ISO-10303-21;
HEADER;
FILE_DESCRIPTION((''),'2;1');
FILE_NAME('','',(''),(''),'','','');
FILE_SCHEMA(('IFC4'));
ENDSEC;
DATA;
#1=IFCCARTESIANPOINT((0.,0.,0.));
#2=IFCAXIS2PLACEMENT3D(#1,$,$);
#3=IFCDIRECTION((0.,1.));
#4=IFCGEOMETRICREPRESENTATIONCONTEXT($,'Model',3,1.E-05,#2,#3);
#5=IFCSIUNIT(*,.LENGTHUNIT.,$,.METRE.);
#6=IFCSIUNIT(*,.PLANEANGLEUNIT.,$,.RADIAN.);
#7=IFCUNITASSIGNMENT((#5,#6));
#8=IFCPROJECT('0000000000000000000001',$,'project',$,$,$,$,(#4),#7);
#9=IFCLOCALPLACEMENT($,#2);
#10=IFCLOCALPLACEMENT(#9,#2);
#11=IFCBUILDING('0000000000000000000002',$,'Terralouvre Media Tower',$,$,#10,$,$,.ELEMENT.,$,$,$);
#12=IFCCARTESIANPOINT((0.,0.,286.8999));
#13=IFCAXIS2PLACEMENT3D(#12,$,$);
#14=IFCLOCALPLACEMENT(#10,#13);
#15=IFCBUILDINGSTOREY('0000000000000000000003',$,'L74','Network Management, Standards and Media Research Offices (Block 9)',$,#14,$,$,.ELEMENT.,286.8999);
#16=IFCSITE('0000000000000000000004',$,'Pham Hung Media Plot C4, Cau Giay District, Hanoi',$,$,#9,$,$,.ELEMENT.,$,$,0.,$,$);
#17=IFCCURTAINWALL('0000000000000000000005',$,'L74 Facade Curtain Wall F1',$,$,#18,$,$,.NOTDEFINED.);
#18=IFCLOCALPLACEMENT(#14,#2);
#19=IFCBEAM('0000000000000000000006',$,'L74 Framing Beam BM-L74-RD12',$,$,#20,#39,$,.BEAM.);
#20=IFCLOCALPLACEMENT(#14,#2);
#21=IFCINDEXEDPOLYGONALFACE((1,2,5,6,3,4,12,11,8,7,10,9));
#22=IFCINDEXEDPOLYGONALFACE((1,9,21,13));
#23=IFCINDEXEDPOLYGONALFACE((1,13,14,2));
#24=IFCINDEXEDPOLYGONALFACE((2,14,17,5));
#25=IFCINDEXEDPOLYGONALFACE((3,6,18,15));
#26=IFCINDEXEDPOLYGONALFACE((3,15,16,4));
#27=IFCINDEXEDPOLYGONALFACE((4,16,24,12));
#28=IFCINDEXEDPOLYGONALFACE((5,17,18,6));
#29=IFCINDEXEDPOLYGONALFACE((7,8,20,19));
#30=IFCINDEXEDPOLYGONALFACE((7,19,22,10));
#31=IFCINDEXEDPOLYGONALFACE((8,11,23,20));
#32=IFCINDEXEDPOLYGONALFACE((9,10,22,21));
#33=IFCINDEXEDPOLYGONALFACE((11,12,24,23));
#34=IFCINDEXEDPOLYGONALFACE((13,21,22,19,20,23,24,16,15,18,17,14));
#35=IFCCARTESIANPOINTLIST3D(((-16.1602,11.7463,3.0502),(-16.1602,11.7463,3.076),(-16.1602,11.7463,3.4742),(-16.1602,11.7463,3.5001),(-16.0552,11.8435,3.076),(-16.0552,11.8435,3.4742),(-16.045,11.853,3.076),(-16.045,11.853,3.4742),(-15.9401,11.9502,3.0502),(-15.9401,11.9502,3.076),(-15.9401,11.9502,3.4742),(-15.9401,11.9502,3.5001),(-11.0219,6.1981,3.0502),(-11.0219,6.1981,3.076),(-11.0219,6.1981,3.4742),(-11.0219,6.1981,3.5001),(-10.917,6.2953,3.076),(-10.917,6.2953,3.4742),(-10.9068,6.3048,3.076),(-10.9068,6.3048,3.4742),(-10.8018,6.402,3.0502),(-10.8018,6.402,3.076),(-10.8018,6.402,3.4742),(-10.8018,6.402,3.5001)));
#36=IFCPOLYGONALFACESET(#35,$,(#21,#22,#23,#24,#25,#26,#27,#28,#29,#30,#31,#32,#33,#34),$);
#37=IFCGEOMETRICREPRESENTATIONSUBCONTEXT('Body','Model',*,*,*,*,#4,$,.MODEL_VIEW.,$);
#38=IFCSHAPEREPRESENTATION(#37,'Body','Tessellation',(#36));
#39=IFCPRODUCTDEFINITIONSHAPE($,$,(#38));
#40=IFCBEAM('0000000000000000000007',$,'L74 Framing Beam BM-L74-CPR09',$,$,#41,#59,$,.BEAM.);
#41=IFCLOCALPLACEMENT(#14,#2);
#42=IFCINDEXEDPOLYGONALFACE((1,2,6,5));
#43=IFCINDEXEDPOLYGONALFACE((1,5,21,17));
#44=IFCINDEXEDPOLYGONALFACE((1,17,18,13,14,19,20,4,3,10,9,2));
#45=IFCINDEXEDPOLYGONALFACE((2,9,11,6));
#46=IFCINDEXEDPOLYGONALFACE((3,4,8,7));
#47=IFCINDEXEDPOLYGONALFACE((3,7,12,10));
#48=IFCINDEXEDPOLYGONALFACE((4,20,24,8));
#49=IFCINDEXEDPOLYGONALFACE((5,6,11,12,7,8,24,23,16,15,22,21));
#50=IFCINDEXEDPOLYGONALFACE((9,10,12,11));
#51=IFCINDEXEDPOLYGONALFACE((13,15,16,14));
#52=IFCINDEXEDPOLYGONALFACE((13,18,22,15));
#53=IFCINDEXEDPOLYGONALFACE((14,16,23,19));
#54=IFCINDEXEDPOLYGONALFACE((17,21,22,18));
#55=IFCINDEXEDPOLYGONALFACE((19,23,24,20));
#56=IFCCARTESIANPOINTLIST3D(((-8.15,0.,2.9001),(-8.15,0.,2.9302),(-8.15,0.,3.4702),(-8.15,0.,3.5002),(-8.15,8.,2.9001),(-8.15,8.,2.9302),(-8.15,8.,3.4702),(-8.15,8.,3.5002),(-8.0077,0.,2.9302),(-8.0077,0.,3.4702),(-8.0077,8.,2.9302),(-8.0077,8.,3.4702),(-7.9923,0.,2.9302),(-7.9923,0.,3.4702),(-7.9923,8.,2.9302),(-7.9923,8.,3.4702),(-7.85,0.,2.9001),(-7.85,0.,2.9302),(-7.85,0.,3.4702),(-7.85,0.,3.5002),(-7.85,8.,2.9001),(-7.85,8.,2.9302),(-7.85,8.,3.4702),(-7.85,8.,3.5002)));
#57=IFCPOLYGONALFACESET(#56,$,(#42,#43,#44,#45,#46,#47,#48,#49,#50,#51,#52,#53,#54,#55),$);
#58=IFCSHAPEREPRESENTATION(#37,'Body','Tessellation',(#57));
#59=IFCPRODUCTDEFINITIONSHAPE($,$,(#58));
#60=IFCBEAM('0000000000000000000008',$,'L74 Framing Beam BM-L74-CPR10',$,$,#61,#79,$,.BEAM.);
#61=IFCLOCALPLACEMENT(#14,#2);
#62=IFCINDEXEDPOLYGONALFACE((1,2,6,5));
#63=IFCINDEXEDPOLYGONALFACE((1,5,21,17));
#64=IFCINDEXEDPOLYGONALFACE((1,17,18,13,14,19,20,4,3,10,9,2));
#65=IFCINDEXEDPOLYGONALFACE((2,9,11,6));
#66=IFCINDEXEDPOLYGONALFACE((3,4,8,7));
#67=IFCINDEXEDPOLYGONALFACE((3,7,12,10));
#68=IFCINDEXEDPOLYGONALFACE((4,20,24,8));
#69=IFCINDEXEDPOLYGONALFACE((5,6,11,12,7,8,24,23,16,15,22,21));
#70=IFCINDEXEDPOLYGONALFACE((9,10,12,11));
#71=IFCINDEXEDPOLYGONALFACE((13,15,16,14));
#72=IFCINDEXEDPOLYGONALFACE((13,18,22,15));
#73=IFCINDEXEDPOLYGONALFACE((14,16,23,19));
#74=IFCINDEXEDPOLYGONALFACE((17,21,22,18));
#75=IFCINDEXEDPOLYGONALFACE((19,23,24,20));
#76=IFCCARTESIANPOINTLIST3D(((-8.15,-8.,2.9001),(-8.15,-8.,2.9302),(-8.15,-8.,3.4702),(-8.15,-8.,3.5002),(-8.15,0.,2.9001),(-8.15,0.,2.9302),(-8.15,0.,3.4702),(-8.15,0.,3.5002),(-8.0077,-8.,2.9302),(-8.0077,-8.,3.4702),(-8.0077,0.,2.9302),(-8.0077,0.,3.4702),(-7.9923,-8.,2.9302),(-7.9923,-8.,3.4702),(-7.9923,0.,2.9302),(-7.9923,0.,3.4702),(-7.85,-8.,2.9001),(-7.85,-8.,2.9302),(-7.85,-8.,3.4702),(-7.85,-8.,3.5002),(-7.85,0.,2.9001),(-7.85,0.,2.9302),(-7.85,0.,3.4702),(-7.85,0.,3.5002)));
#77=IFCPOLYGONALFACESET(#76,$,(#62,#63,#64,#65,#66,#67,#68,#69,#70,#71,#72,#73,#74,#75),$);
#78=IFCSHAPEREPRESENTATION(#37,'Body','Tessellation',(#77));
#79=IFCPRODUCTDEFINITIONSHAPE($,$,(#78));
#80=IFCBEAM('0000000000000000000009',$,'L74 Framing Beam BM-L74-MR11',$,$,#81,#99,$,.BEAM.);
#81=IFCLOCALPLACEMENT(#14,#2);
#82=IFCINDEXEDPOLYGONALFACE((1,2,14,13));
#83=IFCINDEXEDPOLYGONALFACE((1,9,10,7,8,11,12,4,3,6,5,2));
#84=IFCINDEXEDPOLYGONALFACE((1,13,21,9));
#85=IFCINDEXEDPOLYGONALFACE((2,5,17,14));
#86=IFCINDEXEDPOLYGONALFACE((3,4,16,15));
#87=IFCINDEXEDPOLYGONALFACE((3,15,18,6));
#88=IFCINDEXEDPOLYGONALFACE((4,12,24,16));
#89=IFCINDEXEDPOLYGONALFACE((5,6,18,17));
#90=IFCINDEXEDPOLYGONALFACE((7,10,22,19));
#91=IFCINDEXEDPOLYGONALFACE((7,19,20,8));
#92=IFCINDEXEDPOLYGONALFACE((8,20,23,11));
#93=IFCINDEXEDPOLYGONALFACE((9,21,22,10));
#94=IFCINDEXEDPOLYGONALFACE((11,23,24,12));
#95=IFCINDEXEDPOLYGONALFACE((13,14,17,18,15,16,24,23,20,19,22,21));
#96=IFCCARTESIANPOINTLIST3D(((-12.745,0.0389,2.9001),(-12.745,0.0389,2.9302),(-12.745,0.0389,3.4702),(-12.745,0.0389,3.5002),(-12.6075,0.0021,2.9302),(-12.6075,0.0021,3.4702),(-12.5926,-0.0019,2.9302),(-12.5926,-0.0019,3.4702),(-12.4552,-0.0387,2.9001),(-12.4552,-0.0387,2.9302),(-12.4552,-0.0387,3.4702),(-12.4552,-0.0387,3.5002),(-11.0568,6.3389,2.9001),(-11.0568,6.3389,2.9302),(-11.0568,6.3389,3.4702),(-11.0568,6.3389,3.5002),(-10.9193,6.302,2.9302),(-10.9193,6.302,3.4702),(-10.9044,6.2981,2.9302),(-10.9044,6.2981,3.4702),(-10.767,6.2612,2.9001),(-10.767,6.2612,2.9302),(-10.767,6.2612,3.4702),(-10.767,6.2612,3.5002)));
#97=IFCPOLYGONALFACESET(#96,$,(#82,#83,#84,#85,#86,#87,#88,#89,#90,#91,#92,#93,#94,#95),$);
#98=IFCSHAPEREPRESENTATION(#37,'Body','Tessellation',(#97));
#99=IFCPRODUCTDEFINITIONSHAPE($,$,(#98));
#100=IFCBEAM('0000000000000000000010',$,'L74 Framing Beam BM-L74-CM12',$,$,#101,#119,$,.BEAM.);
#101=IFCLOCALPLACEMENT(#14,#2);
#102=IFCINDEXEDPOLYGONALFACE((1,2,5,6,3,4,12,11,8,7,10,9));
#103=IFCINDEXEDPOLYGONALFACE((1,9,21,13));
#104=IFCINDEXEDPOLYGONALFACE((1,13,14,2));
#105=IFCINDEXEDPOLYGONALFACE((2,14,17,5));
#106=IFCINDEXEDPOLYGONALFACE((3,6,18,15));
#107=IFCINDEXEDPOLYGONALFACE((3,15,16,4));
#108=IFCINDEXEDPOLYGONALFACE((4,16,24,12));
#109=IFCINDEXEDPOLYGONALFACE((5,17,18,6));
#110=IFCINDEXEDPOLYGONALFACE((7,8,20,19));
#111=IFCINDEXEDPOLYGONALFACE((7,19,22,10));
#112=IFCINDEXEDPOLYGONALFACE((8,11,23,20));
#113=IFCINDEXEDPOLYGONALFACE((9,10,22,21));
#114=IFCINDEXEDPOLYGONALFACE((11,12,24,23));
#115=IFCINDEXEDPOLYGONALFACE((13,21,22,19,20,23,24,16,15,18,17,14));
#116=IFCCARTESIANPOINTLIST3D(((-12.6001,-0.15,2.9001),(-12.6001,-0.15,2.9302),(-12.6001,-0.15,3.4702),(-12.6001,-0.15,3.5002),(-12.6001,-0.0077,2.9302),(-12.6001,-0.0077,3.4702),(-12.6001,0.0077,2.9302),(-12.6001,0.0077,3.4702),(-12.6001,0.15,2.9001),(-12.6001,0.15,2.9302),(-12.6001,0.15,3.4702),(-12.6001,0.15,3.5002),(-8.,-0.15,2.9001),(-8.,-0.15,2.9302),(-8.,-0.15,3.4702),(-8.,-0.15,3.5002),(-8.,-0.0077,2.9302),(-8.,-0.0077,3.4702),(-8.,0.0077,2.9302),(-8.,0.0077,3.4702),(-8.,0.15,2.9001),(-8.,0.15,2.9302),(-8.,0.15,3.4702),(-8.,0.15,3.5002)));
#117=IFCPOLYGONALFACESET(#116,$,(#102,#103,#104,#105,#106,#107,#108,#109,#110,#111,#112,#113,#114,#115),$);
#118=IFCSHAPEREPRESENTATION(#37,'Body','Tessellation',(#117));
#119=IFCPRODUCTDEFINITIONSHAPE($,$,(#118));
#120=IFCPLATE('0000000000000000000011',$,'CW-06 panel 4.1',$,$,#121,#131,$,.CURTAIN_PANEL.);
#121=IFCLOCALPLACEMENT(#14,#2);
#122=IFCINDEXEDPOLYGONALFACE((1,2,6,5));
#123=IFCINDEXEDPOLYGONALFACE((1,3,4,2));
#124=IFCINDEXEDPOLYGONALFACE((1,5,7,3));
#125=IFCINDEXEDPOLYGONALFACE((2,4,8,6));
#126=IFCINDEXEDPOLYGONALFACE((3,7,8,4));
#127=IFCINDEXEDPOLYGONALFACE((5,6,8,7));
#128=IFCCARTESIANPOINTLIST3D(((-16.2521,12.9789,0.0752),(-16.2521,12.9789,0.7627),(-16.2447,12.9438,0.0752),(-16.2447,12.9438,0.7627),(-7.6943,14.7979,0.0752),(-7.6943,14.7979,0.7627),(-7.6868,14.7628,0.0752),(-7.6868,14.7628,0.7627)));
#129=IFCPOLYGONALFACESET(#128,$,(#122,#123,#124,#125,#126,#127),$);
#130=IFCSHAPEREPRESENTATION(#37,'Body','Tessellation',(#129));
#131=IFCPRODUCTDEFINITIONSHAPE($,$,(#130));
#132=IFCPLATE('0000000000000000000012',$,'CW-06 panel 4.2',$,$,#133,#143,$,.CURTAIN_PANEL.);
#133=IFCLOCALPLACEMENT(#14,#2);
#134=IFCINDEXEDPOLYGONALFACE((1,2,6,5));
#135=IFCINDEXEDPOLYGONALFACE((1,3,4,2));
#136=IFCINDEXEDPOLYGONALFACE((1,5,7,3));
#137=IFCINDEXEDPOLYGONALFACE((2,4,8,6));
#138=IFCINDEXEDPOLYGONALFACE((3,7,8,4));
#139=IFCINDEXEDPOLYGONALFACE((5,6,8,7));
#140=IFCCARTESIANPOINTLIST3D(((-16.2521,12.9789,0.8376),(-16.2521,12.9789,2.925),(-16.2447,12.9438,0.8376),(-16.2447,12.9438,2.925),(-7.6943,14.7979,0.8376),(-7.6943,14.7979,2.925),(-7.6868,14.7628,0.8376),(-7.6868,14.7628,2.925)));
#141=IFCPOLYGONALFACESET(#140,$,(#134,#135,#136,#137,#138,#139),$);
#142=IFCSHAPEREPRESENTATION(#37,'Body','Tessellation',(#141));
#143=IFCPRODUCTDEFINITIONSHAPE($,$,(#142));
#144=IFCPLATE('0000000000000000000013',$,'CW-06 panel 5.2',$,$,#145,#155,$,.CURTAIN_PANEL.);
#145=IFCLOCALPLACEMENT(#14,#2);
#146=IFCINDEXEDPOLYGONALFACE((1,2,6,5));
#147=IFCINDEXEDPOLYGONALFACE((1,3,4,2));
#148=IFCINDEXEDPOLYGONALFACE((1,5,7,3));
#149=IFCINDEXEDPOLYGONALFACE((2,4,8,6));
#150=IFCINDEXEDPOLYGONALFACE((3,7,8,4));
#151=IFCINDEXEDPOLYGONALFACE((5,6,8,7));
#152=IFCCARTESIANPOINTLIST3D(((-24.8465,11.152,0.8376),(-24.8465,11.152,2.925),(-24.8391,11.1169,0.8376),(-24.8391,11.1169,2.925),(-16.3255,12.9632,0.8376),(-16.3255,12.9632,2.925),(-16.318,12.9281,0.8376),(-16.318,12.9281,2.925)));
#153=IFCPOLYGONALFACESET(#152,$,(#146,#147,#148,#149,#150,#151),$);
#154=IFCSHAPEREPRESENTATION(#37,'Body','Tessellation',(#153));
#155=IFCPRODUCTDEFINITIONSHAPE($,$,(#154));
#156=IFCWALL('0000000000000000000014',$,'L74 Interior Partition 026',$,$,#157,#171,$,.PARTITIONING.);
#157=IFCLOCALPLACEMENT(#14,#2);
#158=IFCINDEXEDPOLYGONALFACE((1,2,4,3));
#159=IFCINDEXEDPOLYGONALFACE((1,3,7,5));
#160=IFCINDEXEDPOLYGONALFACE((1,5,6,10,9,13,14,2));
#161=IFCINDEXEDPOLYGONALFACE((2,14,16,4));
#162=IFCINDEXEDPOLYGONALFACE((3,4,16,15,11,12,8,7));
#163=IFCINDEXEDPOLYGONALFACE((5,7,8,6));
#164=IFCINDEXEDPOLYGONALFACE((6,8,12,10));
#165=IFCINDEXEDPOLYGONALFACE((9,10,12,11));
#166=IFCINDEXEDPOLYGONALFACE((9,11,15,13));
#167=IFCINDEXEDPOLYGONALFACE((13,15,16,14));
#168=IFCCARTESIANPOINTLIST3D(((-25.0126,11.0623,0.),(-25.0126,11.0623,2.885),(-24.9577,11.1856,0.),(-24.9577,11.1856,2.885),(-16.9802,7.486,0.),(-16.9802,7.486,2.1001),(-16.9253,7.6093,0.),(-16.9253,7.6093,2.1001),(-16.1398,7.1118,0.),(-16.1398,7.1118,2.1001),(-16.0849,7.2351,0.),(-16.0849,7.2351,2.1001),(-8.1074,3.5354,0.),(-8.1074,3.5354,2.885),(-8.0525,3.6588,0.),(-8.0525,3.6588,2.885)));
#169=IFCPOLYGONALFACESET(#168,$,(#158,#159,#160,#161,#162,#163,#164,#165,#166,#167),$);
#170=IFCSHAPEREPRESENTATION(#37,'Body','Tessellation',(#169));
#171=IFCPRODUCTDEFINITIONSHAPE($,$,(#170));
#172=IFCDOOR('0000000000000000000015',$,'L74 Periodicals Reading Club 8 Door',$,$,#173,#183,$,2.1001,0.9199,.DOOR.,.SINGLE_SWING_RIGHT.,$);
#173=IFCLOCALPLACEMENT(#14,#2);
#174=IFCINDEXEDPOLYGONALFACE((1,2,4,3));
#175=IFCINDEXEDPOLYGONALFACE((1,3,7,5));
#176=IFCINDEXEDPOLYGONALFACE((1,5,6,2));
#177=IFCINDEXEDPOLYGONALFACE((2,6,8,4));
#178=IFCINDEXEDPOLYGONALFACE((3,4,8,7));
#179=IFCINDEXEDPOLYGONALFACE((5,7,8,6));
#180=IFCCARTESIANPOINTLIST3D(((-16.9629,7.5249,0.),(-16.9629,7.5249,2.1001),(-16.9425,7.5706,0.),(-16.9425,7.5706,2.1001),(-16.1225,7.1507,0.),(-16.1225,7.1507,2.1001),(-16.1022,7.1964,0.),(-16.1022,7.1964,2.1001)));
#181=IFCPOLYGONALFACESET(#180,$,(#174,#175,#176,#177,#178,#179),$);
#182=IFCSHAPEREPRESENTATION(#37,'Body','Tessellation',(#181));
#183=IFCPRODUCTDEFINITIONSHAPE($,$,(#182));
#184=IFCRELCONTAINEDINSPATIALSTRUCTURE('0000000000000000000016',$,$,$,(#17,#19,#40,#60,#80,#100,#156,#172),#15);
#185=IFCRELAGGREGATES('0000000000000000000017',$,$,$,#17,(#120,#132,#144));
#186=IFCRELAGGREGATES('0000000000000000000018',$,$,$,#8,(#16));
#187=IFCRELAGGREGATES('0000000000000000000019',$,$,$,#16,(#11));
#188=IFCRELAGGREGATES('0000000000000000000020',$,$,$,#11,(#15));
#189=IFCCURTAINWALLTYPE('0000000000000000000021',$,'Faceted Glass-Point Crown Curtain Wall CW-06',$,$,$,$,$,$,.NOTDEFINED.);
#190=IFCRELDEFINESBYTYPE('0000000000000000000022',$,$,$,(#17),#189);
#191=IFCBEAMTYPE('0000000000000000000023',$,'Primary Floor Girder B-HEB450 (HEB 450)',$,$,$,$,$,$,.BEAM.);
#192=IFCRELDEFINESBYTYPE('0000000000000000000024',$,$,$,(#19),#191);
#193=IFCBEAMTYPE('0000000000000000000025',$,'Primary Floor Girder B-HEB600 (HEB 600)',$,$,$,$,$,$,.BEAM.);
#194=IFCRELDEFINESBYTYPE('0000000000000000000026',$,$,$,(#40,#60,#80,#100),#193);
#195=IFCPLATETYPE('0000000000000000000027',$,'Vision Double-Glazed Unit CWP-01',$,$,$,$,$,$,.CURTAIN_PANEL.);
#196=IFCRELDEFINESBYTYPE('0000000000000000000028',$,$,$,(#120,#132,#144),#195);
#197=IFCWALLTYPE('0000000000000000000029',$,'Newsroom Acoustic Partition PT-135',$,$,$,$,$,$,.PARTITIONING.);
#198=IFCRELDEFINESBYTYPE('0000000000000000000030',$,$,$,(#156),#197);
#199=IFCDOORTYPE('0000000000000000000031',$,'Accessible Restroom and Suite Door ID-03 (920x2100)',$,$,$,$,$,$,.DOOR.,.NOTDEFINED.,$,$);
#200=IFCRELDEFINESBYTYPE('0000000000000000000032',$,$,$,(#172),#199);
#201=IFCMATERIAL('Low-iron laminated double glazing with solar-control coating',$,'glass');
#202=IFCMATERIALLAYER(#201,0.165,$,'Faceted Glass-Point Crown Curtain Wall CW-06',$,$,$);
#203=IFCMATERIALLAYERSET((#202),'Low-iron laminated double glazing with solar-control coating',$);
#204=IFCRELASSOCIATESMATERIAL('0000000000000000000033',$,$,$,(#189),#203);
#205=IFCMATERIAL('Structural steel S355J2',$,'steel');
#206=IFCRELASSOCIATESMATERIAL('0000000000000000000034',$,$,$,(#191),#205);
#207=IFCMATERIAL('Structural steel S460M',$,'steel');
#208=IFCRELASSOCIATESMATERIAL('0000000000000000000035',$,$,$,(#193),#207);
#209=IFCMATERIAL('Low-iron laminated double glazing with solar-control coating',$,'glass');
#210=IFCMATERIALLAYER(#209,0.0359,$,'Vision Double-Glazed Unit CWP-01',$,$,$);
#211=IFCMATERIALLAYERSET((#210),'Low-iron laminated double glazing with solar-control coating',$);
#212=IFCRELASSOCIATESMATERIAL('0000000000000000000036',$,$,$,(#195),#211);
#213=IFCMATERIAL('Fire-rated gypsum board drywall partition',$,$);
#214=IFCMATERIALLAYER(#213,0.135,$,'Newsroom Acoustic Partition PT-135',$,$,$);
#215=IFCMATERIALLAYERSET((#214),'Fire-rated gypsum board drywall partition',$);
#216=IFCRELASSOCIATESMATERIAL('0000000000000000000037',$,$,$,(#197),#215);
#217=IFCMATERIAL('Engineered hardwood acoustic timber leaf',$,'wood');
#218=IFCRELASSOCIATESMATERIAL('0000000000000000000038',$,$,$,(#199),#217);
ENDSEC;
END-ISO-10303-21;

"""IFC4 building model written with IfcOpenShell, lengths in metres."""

from ifc_helpers import new_model, si_unit, direction, frame, frame_2d, origin, origin_2d, place, context, subcontext, project, spatial, rectangle, i_section, extrude, material, layer, layer_set, material_profile, profile_set, type_object, element, fill, aggregate, save


model = new_model("IFC4")

# Units and contexts
model_context = context("Model", 3, precision=1e-05, world=origin(), true_north=direction((0.0, 1.0)))
body_context = subcontext(model_context, "Body", "Model", "MODEL_VIEW")
ifc_project = project(units=[si_unit("LENGTHUNIT", "METRE"), si_unit("PLANEANGLEUNIT", "RADIAN")], contexts=[model_context])

# Site, building, storey
site_placement = place(None, origin())
site = spatial("IfcSite", under=ifc_project, at=site_placement, Name="Pham Hung Media Plot C4, Cau Giay District, Hanoi", CompositionType="ELEMENT", RefElevation=0.0)
building_placement = place(site_placement, origin())
building = spatial("IfcBuilding", under=site, at=building_placement, Name="Terralouvre Media Tower", CompositionType="ELEMENT")
storey_placement = place(building_placement, frame((0.0, 0.0, 286.8999)))
storey = spatial("IfcBuildingStorey", under=building, at=storey_placement, Name="L74", Description="Network Management, Standards and Media Research Offices (Block 9)", CompositionType="ELEMENT", Elevation=286.8999)

# Curtain wall
ifc_material_1 = material(Name="Low-iron laminated double glazing with solar-control coating", Category="glass")
ifc_layer_1 = layer(ifc_material_1, 0.165, Name="Faceted Glass-Point Crown Curtain Wall CW-06")
ifc_layer_set_1 = layer_set([ifc_layer_1], Name="Low-iron laminated double glazing with solar-control coating")
curtain_wall_type = type_object("IfcCurtainWallType", Name="Faceted Glass-Point Crown Curtain Wall CW-06", PredefinedType="NOTDEFINED", material=ifc_layer_set_1)
curtain_wall_placement = place(storey_placement, origin())
curtain_wall = element("IfcCurtainWall", 1, at=curtain_wall_placement, inside=storey, type_object=curtain_wall_type, Name="L74 Facade Curtain Wall F1", PredefinedType="NOTDEFINED")

# Beams
ifc_material_2 = material(Name="Structural steel S355J2", Category="steel")
ifc_material_profile_1 = material_profile(ifc_material_2, i_section(OverallWidth=0.3, OverallDepth=0.45, WebThickness=0.0139, FlangeThickness=0.0259, at=origin_2d()), Name="HEB 450")
ifc_profile_set_1 = profile_set([ifc_material_profile_1], Name="Structural steel S355J2")
beam_type_1 = type_object("IfcBeamType", Name="Primary Floor Girder B-HEB450 (HEB 450)", PredefinedType="BEAM", material=ifc_profile_set_1)
beam_1_placement = place(storey_placement, frame((-10.9119, 6.3, 3.2751), z_axis=(-0.679483, 0.733691, 0.0), x_axis=(-0.733691, -0.679483, 0.0)))
element("IfcBeam", 2, at=beam_1_placement, inside=storey, type_object=beam_type_1, Name="L74 Framing Beam BM-L74-RD12", PredefinedType="BEAM", context=body_context, shape_type="SweptSolid", body=[
    extrude(i_section(OverallWidth=0.3, OverallDepth=0.45, WebThickness=0.0139, FlangeThickness=0.0259, at=origin_2d()), origin(), (0.0, 0.0, 1.0), 7.562),
])
ifc_material_3 = material(Name="Structural steel S460M", Category="steel")
ifc_material_profile_2 = material_profile(ifc_material_3, i_section(OverallWidth=0.3, OverallDepth=0.6001, WebThickness=0.0154, FlangeThickness=0.03, at=origin_2d()), Name="HEB 600")
ifc_profile_set_2 = profile_set([ifc_material_profile_2], Name="Structural steel S460M")
beam_type_2 = type_object("IfcBeamType", Name="Primary Floor Girder B-HEB600 (HEB 600)", PredefinedType="BEAM", material=ifc_profile_set_2)
for number, where, z_axis, x_axis, name in (
    (3, (-8.0, 8.0, 3.2002), (0.0, -1.0, 0.0), (1.0, 0.0, 0.0), "L74 Framing Beam BM-L74-CPR09"),
    (4, (-8.0, 0.0, 3.2002), (0.0, -1.0, 0.0), (1.0, 0.0, 0.0), "L74 Framing Beam BM-L74-CPR10"),
):
    element("IfcBeam", number, at=place(storey_placement, frame(where, z_axis=z_axis, x_axis=x_axis)), inside=storey, type_object=beam_type_2, Name=name, PredefinedType="BEAM", context=body_context, shape_type="SweptSolid", body=[
        extrude(i_section(OverallWidth=0.3, OverallDepth=0.6001, WebThickness=0.0154, FlangeThickness=0.03, at=origin_2d()), origin(), (0.0, 0.0, 1.0), 8.0),
    ])
beam_2_placement = place(storey_placement, frame((-10.9119, 6.3, 3.2002), z_axis=(-0.258839, -0.96592, 0.0), x_axis=(0.96592, -0.258839, 0.0)))
element("IfcBeam", 5, at=beam_2_placement, inside=storey, type_object=beam_type_2, Name="L74 Framing Beam BM-L74-MR11", PredefinedType="BEAM", context=body_context, shape_type="SweptSolid", body=[
    extrude(i_section(OverallWidth=0.3, OverallDepth=0.6001, WebThickness=0.0154, FlangeThickness=0.03, at=origin_2d()), origin(), (0.0, 0.0, 1.0), 6.5222),
])
beam_3_placement = place(storey_placement, frame((-8.0, 0.0, 3.2002), z_axis=(-1.0, 0.0, 0.0), x_axis=(0.0, -1.0, 0.0)))
element("IfcBeam", 6, at=beam_3_placement, inside=storey, type_object=beam_type_2, Name="L74 Framing Beam BM-L74-CM12", PredefinedType="BEAM", context=body_context, shape_type="SweptSolid", body=[
    extrude(i_section(OverallWidth=0.3, OverallDepth=0.6001, WebThickness=0.0154, FlangeThickness=0.03, at=origin_2d()), origin(), (0.0, 0.0, 1.0), 4.6001),
])

# Plates
ifc_material_4 = material(Name="Low-iron laminated double glazing with solar-control coating", Category="glass")
ifc_layer_2 = layer(ifc_material_4, 0.0359, Name="Vision Double-Glazed Unit CWP-01")
ifc_layer_set_2 = layer_set([ifc_layer_2], Name="Low-iron laminated double glazing with solar-control coating")
plate_type = type_object("IfcPlateType", Name="Vision Double-Glazed Unit CWP-01", PredefinedType="CURTAIN_PANEL", material=ifc_layer_set_2)
plate_1_placement = place(storey_placement, frame((-11.9695, 13.8708, 0.0752), z_axis=(0.0, 0.0, 1.0), x_axis=(-0.978148, -0.207912, 0.0)))
plate_1 = element("IfcPlate", 7, at=plate_1_placement, type_object=plate_type, Name="CW-06 panel 4.1", PredefinedType="CURTAIN_PANEL", context=body_context, shape_type="SweptSolid", body=[
    extrude(rectangle(XDim=8.749, YDim=0.0359, at=origin_2d()), origin(), (0.0, 0.0, 1.0), 0.6875),
])
plate_2_placement = place(storey_placement, frame((-11.9695, 13.8708, 0.8376), z_axis=(0.0, 0.0, 1.0), x_axis=(-0.978148, -0.207912, 0.0)))
plate_2 = element("IfcPlate", 8, at=plate_2_placement, type_object=plate_type, Name="CW-06 panel 4.2", PredefinedType="CURTAIN_PANEL", context=body_context, shape_type="SweptSolid", body=[
    extrude(rectangle(XDim=8.749, YDim=0.0359, at=origin_2d()), origin(), (0.0, 0.0, 1.0), 2.0874),
])
plate_3_placement = place(storey_placement, frame((-20.5823, 12.04, 0.8376), z_axis=(0.0, 0.0, 1.0), x_axis=(-0.978148, -0.207912, 0.0)))
plate_3 = element("IfcPlate", 9, at=plate_3_placement, type_object=plate_type, Name="CW-06 panel 5.2", PredefinedType="CURTAIN_PANEL", context=body_context, shape_type="SweptSolid", body=[
    extrude(rectangle(XDim=8.7114, YDim=0.0359, at=origin_2d()), origin(), (0.0, 0.0, 1.0), 2.0874),
])
aggregate(curtain_wall, [plate_1, plate_2, plate_3])

# Wall, opening, door
ifc_material_5 = material(Name="Fire-rated gypsum board drywall partition")
ifc_layer_3 = layer(ifc_material_5, 0.135, Name="Newsroom Acoustic Partition PT-135")
ifc_layer_set_3 = layer_set([ifc_layer_3], Name="Fire-rated gypsum board drywall partition")
wall_type = type_object("IfcWallType", Name="Newsroom Acoustic Partition PT-135", PredefinedType="PARTITIONING", material=ifc_layer_set_3)
wall_placement = place(storey_placement, frame((-8.0801, 3.5972, 0.0), z_axis=(0.0, 0.0, 1.0), x_axis=(-0.913543, 0.406743, 0.0)))
wall = element("IfcWall", 10, at=wall_placement, inside=storey, type_object=wall_type, Name="L74 Interior Partition 026", PredefinedType="PARTITIONING", context=body_context, shape_type="SweptSolid", body=[
    extrude(rectangle(XDim=18.5051, YDim=0.135, at=frame_2d((9.2524, 0.0))), origin(), (0.0, 0.0, 1.0), 2.885),
])
opening_placement = place(wall_placement, frame((8.7925, 0.0, 0.0)))
opening = element("IfcOpeningElement", 11, at=opening_placement, cuts=wall, PredefinedType="OPENING", context=body_context, shape_type="SweptSolid", body=[
    extrude(rectangle(XDim=0.9199, YDim=2.1001, at=frame_2d((0.46, 1.05))), frame((0.0, 0.0774, 0.0), z_axis=(0.0, -1.0, 0.0), x_axis=(1.0, 0.0, 0.0)), (0.0, 0.0, 1.0), 0.155),
])
ifc_material_6 = material(Name="Engineered hardwood acoustic timber leaf", Category="wood")
door_type = type_object("IfcDoorType", Name="Accessible Restroom and Suite Door ID-03 (920x2100)", OperationType="NOTDEFINED", PredefinedType="DOOR", material=ifc_material_6)
door_placement = place(opening_placement, origin())
door = element("IfcDoor", 12, at=door_placement, inside=storey, type_object=door_type, Name="L74 Periodicals Reading Club 8 Door", OperationType="SINGLE_SWING_RIGHT", OverallHeight=2.1001, OverallWidth=0.9199, PredefinedType="DOOR", context=body_context, shape_type="SweptSolid", body=[
    extrude(rectangle(XDim=0.9199, YDim=2.1001, at=frame_2d((0.46, 1.05))), frame((0.0, 0.0249, 0.0), z_axis=(0.0, -1.0, 0.0), x_axis=(1.0, 0.0, 0.0)), (0.0, 0.0, 1.0), 0.05),
])
fill(opening, door)

save(model, "model.ifc")
